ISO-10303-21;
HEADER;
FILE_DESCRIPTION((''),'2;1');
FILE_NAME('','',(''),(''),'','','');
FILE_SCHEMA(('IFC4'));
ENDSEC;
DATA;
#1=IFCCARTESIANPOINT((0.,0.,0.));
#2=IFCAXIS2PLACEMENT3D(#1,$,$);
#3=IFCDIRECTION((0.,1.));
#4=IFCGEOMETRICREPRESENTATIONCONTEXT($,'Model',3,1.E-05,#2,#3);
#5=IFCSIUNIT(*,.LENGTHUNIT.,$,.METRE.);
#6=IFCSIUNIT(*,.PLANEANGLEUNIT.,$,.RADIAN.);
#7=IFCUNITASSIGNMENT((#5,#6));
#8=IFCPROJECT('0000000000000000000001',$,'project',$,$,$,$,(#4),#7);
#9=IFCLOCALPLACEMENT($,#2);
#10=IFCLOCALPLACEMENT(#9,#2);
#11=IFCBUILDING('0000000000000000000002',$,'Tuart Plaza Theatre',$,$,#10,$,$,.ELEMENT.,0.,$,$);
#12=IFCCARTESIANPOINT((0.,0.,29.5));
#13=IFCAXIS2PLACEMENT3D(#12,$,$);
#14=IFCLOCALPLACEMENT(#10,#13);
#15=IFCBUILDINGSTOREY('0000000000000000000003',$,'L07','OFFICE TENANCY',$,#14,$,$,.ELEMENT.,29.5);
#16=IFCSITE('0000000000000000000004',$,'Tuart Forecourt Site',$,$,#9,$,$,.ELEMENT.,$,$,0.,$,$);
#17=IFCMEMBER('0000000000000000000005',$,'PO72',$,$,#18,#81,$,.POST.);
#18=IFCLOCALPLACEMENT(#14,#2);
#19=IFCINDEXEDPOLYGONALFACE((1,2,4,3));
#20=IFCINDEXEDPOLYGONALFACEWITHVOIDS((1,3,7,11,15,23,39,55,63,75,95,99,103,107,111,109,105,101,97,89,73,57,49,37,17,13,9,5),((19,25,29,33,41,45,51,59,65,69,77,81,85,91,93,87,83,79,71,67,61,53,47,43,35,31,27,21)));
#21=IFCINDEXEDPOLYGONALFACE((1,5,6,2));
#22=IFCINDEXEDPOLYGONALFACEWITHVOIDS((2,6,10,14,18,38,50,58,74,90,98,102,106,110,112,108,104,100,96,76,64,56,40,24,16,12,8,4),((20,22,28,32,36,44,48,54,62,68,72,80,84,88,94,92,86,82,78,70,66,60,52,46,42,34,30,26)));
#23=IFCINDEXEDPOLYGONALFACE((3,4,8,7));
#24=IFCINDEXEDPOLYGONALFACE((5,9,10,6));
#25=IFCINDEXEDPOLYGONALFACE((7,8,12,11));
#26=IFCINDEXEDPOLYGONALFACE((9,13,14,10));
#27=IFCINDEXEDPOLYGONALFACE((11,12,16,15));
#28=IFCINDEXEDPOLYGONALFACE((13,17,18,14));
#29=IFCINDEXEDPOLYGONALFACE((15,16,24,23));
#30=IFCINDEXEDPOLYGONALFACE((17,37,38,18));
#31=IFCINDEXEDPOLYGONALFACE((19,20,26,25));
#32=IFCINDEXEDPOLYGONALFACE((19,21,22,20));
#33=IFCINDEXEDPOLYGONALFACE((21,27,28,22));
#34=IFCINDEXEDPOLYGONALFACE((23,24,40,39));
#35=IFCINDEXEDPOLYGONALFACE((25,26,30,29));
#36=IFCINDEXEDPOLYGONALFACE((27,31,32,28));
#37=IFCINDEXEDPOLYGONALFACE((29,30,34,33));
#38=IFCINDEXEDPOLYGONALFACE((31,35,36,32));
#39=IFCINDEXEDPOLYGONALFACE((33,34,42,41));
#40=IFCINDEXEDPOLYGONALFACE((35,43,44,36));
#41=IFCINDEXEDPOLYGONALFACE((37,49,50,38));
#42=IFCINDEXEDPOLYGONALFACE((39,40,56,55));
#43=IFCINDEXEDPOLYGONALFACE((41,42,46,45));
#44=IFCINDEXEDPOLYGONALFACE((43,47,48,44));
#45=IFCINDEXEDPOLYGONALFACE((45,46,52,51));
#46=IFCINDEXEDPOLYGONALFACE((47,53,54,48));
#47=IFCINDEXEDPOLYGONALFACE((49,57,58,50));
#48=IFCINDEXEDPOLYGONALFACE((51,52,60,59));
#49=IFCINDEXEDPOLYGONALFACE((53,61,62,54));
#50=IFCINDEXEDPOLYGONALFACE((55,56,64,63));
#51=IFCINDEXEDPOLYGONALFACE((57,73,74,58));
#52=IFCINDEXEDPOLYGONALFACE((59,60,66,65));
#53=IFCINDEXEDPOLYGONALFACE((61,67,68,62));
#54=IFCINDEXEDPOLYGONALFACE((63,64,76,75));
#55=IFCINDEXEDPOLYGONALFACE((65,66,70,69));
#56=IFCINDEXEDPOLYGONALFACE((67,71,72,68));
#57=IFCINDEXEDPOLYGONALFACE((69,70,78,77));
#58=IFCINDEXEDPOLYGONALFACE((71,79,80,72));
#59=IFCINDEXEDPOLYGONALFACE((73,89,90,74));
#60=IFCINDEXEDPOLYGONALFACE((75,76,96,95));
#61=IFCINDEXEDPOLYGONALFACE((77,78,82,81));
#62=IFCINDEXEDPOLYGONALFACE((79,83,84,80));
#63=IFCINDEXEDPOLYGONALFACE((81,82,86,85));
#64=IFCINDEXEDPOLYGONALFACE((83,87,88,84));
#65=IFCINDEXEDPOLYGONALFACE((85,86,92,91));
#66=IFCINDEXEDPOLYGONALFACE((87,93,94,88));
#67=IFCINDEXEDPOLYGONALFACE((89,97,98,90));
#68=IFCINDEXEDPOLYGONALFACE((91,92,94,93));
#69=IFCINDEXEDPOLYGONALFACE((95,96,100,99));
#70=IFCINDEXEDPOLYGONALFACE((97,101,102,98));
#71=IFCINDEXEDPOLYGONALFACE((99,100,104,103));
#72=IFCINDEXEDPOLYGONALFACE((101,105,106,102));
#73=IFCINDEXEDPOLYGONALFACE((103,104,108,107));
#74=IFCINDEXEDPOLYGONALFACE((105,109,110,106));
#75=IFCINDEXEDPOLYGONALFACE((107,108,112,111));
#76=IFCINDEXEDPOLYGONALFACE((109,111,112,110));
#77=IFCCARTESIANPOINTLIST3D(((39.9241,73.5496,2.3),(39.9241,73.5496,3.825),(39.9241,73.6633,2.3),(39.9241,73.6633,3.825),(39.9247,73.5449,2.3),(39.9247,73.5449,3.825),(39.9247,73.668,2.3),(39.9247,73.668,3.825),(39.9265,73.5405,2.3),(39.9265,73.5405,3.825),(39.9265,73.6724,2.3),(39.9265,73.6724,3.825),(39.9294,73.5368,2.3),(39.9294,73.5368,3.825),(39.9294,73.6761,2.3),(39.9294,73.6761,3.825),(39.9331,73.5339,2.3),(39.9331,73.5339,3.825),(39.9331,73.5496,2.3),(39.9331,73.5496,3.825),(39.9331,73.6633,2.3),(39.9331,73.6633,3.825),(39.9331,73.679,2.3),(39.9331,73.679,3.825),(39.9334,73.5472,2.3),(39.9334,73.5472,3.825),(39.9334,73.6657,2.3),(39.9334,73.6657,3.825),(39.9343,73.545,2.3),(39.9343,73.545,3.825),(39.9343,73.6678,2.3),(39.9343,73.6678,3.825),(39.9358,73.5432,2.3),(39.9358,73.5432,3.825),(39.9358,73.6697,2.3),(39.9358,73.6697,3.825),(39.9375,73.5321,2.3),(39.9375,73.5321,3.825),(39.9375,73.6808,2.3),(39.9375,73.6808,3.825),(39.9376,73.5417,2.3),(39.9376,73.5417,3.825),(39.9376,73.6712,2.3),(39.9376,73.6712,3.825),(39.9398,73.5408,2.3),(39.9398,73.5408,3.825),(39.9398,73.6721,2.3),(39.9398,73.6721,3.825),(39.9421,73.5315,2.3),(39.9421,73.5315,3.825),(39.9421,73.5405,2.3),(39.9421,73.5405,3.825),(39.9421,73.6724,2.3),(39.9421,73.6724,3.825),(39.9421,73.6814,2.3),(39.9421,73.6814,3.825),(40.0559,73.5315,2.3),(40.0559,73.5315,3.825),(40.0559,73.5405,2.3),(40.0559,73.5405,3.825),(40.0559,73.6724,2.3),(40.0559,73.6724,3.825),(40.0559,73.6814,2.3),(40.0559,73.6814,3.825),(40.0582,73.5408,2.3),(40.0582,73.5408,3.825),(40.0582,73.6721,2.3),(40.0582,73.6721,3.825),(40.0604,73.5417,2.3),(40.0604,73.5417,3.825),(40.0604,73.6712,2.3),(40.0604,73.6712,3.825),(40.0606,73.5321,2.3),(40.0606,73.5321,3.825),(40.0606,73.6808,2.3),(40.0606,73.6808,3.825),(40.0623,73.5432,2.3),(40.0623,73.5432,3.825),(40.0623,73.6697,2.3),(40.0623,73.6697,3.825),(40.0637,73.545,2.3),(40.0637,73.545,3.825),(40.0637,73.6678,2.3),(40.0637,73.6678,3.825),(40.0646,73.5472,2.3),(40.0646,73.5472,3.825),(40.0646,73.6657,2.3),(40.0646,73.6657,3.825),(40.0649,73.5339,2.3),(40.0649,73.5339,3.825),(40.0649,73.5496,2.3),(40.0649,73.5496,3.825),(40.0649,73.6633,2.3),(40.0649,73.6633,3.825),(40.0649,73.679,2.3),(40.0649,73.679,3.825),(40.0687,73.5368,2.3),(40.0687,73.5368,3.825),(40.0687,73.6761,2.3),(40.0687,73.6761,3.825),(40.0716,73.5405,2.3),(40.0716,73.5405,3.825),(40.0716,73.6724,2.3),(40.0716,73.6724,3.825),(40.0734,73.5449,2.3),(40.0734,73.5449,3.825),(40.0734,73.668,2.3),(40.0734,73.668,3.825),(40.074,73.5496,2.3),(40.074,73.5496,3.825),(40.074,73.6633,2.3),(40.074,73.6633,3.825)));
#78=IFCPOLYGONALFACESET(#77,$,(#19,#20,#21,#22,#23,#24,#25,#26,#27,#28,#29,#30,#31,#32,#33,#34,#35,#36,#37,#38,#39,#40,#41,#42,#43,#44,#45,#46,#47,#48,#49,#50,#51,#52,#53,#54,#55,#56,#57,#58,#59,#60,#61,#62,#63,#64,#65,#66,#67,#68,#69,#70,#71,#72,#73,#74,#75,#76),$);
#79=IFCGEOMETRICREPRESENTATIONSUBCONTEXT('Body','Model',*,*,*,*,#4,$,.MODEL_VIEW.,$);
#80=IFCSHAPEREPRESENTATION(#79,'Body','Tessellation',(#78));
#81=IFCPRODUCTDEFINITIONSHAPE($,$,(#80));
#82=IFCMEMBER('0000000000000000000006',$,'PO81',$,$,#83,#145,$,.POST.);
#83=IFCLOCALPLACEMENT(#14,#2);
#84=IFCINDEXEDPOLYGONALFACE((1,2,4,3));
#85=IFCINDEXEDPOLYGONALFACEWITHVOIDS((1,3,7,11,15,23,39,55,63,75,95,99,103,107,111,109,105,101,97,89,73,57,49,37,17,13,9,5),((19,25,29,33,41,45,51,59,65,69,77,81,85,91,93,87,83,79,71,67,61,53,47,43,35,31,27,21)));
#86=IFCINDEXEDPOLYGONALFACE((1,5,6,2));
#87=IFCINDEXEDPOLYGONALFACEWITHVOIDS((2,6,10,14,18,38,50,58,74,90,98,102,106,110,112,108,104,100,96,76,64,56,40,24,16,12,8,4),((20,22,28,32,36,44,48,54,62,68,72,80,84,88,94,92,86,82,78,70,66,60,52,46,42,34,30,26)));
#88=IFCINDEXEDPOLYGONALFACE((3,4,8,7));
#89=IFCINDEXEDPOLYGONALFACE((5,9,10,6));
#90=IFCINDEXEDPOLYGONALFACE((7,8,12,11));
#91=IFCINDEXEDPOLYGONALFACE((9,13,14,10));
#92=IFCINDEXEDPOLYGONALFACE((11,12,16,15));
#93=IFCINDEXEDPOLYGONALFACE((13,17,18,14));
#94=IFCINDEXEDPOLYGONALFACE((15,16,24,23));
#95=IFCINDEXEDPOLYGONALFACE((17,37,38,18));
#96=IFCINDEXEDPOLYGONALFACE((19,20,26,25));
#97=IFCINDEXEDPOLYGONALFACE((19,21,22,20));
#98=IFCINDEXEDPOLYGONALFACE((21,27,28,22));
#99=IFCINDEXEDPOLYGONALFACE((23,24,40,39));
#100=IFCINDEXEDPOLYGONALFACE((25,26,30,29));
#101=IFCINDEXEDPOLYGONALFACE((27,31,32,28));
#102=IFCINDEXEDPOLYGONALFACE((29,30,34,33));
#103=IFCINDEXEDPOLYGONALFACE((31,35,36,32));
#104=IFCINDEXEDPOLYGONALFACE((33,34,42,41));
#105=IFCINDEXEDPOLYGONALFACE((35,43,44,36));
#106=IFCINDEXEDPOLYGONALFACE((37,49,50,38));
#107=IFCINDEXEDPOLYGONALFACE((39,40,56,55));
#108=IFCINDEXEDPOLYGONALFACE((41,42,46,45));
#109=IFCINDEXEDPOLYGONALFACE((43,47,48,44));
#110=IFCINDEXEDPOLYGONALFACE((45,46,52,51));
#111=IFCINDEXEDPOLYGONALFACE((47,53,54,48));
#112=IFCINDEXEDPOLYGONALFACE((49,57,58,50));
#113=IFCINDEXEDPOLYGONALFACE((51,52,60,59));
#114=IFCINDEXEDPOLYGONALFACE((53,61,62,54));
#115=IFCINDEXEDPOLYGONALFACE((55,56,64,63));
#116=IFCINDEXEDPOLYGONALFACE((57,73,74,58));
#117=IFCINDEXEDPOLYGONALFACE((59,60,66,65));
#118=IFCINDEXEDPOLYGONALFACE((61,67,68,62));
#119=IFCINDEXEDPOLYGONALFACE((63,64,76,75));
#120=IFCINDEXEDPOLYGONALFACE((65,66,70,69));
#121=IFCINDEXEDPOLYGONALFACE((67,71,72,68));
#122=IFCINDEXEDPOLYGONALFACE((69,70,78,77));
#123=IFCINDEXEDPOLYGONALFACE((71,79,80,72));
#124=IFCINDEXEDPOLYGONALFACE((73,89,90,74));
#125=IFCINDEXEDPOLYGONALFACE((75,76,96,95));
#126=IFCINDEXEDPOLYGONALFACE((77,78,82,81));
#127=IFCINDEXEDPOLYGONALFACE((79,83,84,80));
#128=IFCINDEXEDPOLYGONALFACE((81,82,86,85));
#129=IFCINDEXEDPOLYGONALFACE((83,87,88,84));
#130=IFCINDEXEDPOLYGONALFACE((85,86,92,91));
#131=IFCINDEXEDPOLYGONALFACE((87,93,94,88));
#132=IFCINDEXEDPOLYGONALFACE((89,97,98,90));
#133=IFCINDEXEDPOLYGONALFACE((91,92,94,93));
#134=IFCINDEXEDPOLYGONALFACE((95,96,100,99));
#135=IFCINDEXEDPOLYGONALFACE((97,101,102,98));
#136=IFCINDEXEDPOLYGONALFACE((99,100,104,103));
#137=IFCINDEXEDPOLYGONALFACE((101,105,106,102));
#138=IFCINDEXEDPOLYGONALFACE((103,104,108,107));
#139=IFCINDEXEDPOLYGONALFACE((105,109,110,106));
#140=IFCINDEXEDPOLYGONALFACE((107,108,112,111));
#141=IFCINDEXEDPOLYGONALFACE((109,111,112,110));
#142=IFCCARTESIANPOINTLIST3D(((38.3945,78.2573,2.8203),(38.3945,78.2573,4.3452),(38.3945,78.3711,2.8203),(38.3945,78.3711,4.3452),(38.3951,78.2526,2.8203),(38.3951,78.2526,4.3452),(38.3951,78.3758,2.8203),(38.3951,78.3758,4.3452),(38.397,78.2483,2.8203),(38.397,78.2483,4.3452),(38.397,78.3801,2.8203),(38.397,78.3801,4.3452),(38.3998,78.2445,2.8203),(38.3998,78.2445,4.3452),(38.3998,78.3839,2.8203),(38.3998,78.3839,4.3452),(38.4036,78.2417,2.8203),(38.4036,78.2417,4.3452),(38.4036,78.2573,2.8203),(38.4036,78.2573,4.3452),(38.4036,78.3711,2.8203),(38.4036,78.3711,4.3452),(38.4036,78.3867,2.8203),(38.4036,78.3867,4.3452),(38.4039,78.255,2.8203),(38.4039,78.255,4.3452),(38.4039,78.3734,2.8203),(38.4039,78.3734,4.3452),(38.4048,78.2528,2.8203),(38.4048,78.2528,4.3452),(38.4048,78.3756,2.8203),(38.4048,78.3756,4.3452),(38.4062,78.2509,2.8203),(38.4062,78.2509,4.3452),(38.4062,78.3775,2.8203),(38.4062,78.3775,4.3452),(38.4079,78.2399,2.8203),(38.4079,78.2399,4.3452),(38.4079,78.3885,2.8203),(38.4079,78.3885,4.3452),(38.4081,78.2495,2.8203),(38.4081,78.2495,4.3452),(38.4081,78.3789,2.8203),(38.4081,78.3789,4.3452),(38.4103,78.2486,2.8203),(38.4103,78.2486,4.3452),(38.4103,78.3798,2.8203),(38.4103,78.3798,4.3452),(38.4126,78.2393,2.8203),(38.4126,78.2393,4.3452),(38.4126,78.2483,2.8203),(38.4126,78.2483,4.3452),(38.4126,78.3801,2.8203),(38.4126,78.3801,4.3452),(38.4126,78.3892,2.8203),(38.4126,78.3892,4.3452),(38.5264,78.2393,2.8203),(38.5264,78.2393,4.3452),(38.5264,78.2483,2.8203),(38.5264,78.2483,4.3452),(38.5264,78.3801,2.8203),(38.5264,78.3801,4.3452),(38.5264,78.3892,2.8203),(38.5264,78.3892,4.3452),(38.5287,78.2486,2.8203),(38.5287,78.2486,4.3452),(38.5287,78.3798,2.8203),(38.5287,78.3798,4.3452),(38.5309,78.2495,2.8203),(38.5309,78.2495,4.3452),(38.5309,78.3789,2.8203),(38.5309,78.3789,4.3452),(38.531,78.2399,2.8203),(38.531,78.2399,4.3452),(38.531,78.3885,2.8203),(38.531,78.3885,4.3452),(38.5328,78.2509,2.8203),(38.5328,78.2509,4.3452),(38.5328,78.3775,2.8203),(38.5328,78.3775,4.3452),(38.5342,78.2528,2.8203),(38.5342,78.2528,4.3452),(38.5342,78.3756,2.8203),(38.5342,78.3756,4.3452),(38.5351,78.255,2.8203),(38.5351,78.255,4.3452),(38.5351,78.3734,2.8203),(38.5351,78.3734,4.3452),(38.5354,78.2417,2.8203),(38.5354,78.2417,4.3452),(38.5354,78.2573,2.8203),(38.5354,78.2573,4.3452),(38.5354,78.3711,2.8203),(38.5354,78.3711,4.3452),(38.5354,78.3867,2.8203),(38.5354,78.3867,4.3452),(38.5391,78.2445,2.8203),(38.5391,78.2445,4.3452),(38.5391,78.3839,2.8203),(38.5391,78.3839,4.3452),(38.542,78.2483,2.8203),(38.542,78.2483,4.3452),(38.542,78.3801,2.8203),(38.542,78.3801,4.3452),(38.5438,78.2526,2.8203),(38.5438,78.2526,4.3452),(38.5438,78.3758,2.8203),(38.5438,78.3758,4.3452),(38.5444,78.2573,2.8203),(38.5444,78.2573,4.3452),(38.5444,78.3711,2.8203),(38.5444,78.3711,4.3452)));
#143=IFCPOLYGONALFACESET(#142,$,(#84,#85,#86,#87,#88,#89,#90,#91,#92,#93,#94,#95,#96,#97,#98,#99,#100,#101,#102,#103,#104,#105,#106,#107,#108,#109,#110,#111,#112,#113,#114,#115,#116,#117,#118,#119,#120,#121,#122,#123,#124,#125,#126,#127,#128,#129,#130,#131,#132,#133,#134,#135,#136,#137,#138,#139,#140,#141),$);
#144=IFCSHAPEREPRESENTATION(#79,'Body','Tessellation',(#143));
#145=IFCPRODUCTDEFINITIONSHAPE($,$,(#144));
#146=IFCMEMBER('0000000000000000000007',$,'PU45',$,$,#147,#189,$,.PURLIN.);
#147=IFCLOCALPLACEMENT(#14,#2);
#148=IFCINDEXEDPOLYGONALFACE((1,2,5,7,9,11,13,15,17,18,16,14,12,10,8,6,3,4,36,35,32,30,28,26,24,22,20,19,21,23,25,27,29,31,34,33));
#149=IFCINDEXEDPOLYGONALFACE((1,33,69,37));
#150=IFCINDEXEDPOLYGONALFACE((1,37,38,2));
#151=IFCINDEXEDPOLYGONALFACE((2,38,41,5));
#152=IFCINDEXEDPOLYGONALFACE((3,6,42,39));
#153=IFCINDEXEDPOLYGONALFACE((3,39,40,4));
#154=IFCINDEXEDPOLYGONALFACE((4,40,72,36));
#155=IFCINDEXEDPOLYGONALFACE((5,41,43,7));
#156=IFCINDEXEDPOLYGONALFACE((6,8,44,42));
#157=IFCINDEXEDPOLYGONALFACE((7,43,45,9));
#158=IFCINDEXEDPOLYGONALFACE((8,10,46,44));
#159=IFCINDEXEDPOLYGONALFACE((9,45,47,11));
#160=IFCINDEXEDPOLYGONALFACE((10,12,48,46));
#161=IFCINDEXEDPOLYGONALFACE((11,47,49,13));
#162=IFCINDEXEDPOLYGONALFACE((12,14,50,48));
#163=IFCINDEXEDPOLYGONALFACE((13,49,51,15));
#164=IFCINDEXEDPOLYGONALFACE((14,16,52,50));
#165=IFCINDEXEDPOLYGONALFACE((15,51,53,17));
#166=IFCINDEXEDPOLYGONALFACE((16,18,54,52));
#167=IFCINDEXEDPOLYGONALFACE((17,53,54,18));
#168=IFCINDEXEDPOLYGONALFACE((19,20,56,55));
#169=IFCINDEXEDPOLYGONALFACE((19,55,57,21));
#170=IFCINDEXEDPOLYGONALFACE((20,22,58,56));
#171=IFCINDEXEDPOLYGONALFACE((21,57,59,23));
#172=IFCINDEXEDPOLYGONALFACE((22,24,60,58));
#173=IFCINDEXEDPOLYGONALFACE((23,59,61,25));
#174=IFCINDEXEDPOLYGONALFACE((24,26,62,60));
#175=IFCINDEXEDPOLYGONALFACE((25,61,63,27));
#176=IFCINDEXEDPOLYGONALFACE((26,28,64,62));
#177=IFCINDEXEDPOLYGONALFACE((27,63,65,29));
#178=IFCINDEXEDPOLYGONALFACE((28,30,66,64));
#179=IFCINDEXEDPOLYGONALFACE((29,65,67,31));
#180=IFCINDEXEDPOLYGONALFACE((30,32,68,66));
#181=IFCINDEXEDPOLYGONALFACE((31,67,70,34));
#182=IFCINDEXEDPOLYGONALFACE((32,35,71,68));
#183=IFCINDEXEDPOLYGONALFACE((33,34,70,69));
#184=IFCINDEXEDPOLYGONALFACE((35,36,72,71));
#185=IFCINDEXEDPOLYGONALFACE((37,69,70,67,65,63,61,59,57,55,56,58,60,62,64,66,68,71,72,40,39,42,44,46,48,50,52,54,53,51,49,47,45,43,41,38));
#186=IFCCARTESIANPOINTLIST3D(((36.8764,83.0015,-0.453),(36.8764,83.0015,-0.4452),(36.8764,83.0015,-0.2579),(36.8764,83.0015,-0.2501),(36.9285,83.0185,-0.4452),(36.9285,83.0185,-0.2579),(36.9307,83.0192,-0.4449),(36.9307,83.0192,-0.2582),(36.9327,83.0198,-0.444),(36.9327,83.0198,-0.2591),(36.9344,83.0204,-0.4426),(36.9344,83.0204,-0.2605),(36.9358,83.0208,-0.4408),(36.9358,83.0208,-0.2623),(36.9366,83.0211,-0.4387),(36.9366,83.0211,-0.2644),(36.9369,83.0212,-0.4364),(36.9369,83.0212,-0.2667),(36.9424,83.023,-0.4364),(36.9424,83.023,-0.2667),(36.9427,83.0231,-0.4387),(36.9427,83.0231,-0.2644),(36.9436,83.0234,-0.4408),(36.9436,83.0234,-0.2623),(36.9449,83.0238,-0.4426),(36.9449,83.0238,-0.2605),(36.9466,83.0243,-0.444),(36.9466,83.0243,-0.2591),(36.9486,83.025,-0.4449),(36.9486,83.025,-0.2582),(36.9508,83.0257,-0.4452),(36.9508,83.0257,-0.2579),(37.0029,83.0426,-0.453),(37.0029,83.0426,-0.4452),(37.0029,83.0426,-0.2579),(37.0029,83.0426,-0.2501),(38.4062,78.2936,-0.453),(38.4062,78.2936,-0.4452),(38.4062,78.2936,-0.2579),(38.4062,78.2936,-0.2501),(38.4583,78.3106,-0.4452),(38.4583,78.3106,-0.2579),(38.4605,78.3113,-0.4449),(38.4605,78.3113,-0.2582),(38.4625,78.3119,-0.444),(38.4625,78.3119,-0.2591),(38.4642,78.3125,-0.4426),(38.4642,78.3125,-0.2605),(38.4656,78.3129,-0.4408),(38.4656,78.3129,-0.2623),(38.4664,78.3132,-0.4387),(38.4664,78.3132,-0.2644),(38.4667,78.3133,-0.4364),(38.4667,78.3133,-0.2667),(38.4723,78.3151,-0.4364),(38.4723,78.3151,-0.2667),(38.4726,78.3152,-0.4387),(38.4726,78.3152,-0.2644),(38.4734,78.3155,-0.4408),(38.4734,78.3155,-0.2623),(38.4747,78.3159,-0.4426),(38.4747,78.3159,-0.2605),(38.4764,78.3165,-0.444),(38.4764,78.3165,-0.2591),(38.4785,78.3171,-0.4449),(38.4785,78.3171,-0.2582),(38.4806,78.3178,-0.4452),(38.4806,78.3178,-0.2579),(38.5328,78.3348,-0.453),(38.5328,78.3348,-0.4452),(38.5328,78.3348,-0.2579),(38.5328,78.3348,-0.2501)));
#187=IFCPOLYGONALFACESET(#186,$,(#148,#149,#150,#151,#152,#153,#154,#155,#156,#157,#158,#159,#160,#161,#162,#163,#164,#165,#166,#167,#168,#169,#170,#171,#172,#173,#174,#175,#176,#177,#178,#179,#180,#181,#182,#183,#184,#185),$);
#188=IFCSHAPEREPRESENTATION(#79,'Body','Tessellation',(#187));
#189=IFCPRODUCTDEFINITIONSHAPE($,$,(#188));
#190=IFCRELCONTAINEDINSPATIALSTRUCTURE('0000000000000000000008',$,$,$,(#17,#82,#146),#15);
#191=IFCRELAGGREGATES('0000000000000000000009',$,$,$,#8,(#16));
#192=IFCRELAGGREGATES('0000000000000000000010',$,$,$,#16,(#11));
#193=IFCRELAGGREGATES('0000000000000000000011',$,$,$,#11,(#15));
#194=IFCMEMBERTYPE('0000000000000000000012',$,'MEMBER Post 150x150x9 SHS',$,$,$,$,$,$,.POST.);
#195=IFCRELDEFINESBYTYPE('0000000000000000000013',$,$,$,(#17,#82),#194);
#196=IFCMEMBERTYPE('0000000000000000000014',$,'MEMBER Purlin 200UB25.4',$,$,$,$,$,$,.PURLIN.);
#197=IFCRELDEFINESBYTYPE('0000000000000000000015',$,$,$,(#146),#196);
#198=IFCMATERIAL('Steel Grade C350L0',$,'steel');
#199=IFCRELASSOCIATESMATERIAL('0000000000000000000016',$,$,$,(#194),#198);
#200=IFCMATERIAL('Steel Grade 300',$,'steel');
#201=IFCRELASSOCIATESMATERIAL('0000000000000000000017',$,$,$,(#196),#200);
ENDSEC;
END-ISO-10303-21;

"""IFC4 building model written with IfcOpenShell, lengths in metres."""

from ifc_helpers import new_model, si_unit, direction, frame, origin, origin_2d, place, context, subcontext, project, spatial, hollow_rectangle, i_section, extrude, material, material_profile, profile_set, type_object, element, save


model = new_model("IFC4")

# Units and contexts
model_context = context("Model", 3, precision=1e-05, world=origin(), true_north=direction((0.0, 1.0)))
body_context = subcontext(model_context, "Body", "Model", "MODEL_VIEW")
ifc_project = project(units=[si_unit("LENGTHUNIT", "METRE"), si_unit("PLANEANGLEUNIT", "RADIAN")], contexts=[model_context])

# Site, building, storey
site_placement = place(None, origin())
site = spatial("IfcSite", under=ifc_project, at=site_placement, Name="Tuart Forecourt Site", CompositionType="ELEMENT", RefElevation=0.0)
building_placement = place(site_placement, origin())
building = spatial("IfcBuilding", under=site, at=building_placement, Name="Tuart Plaza Theatre", CompositionType="ELEMENT", ElevationOfRefHeight=0.0)
storey_placement = place(building_placement, frame((0.0, 0.0, 29.5)))
storey = spatial("IfcBuildingStorey", under=building, at=storey_placement, Name="L07", Description="OFFICE TENANCY", CompositionType="ELEMENT", Elevation=29.5)

# Members
ifc_material_1 = material(Name="Steel Grade C350L0", Category="steel")
ifc_material_profile_1 = material_profile(ifc_material_1, hollow_rectangle(XDim=0.1499, YDim=0.1499, WallThickness=0.009, InnerFilletRadius=0.009, OuterFilletRadius=0.0181, at=origin_2d()), Name="150x150x9 SHS")
ifc_profile_set_1 = profile_set([ifc_material_profile_1], Name="Steel Grade C350L0")
member_type_1 = type_object("IfcMemberType", Name="MEMBER Post 150x150x9 SHS", PredefinedType="POST", material=ifc_profile_set_1)
for number, where, z_axis, x_axis, name in (
    (1, (39.999, 73.6064, 2.3), (0.0, 0.0, 1.0), (1.0, 0.0, 0.0), "PO72"),
    (2, (38.4695, 78.3142, 2.8203), (0.0, 0.0, 1.0), (1.0, 0.0, 0.0), "PO81"),
):
    element("IfcMember", number, at=place(storey_placement, frame(where, z_axis=z_axis, x_axis=x_axis)), inside=storey, type_object=member_type_1, Name=name, PredefinedType="POST", context=body_context, shape_type="SweptSolid", body=[
        extrude(hollow_rectangle(XDim=0.1499, YDim=0.1499, WallThickness=0.009, InnerFilletRadius=0.009, OuterFilletRadius=0.0181, at=origin_2d()), origin(), (0.0, 0.0, 1.0), 1.5249),
    ])
ifc_material_2 = material(Name="Steel Grade 300", Category="steel")
ifc_material_profile_2 = material_profile(ifc_material_2, i_section(OverallWidth=0.1331, OverallDepth=0.2029, WebThickness=0.0059, FlangeThickness=0.0078, FilletRadius=0.0088, at=origin_2d()), Name="200UB25.4")
ifc_profile_set_2 = profile_set([ifc_material_profile_2], Name="Steel Grade 300")
member_type_2 = type_object("IfcMemberType", Name="MEMBER Purlin 200UB25.4", PredefinedType="PURLIN", material=ifc_profile_set_2)
member_1_placement = place(storey_placement, frame((38.4695, 78.3142, -0.3516), z_axis=(-0.309043, 0.951048, 0.0), x_axis=(-0.951048, -0.309043, 0.0)))
element("IfcMember", 3, at=member_1_placement, inside=storey, type_object=member_type_2, Name="PU45", PredefinedType="PURLIN", context=body_context, shape_type="SweptSolid", body=[
    extrude(i_section(OverallWidth=0.1331, OverallDepth=0.2029, WebThickness=0.0059, FlangeThickness=0.0078, FilletRadius=0.0088, at=origin_2d()), origin(), (0.0, 0.0, 1.0), 4.9502),
])

save(model, "model.ifc")
